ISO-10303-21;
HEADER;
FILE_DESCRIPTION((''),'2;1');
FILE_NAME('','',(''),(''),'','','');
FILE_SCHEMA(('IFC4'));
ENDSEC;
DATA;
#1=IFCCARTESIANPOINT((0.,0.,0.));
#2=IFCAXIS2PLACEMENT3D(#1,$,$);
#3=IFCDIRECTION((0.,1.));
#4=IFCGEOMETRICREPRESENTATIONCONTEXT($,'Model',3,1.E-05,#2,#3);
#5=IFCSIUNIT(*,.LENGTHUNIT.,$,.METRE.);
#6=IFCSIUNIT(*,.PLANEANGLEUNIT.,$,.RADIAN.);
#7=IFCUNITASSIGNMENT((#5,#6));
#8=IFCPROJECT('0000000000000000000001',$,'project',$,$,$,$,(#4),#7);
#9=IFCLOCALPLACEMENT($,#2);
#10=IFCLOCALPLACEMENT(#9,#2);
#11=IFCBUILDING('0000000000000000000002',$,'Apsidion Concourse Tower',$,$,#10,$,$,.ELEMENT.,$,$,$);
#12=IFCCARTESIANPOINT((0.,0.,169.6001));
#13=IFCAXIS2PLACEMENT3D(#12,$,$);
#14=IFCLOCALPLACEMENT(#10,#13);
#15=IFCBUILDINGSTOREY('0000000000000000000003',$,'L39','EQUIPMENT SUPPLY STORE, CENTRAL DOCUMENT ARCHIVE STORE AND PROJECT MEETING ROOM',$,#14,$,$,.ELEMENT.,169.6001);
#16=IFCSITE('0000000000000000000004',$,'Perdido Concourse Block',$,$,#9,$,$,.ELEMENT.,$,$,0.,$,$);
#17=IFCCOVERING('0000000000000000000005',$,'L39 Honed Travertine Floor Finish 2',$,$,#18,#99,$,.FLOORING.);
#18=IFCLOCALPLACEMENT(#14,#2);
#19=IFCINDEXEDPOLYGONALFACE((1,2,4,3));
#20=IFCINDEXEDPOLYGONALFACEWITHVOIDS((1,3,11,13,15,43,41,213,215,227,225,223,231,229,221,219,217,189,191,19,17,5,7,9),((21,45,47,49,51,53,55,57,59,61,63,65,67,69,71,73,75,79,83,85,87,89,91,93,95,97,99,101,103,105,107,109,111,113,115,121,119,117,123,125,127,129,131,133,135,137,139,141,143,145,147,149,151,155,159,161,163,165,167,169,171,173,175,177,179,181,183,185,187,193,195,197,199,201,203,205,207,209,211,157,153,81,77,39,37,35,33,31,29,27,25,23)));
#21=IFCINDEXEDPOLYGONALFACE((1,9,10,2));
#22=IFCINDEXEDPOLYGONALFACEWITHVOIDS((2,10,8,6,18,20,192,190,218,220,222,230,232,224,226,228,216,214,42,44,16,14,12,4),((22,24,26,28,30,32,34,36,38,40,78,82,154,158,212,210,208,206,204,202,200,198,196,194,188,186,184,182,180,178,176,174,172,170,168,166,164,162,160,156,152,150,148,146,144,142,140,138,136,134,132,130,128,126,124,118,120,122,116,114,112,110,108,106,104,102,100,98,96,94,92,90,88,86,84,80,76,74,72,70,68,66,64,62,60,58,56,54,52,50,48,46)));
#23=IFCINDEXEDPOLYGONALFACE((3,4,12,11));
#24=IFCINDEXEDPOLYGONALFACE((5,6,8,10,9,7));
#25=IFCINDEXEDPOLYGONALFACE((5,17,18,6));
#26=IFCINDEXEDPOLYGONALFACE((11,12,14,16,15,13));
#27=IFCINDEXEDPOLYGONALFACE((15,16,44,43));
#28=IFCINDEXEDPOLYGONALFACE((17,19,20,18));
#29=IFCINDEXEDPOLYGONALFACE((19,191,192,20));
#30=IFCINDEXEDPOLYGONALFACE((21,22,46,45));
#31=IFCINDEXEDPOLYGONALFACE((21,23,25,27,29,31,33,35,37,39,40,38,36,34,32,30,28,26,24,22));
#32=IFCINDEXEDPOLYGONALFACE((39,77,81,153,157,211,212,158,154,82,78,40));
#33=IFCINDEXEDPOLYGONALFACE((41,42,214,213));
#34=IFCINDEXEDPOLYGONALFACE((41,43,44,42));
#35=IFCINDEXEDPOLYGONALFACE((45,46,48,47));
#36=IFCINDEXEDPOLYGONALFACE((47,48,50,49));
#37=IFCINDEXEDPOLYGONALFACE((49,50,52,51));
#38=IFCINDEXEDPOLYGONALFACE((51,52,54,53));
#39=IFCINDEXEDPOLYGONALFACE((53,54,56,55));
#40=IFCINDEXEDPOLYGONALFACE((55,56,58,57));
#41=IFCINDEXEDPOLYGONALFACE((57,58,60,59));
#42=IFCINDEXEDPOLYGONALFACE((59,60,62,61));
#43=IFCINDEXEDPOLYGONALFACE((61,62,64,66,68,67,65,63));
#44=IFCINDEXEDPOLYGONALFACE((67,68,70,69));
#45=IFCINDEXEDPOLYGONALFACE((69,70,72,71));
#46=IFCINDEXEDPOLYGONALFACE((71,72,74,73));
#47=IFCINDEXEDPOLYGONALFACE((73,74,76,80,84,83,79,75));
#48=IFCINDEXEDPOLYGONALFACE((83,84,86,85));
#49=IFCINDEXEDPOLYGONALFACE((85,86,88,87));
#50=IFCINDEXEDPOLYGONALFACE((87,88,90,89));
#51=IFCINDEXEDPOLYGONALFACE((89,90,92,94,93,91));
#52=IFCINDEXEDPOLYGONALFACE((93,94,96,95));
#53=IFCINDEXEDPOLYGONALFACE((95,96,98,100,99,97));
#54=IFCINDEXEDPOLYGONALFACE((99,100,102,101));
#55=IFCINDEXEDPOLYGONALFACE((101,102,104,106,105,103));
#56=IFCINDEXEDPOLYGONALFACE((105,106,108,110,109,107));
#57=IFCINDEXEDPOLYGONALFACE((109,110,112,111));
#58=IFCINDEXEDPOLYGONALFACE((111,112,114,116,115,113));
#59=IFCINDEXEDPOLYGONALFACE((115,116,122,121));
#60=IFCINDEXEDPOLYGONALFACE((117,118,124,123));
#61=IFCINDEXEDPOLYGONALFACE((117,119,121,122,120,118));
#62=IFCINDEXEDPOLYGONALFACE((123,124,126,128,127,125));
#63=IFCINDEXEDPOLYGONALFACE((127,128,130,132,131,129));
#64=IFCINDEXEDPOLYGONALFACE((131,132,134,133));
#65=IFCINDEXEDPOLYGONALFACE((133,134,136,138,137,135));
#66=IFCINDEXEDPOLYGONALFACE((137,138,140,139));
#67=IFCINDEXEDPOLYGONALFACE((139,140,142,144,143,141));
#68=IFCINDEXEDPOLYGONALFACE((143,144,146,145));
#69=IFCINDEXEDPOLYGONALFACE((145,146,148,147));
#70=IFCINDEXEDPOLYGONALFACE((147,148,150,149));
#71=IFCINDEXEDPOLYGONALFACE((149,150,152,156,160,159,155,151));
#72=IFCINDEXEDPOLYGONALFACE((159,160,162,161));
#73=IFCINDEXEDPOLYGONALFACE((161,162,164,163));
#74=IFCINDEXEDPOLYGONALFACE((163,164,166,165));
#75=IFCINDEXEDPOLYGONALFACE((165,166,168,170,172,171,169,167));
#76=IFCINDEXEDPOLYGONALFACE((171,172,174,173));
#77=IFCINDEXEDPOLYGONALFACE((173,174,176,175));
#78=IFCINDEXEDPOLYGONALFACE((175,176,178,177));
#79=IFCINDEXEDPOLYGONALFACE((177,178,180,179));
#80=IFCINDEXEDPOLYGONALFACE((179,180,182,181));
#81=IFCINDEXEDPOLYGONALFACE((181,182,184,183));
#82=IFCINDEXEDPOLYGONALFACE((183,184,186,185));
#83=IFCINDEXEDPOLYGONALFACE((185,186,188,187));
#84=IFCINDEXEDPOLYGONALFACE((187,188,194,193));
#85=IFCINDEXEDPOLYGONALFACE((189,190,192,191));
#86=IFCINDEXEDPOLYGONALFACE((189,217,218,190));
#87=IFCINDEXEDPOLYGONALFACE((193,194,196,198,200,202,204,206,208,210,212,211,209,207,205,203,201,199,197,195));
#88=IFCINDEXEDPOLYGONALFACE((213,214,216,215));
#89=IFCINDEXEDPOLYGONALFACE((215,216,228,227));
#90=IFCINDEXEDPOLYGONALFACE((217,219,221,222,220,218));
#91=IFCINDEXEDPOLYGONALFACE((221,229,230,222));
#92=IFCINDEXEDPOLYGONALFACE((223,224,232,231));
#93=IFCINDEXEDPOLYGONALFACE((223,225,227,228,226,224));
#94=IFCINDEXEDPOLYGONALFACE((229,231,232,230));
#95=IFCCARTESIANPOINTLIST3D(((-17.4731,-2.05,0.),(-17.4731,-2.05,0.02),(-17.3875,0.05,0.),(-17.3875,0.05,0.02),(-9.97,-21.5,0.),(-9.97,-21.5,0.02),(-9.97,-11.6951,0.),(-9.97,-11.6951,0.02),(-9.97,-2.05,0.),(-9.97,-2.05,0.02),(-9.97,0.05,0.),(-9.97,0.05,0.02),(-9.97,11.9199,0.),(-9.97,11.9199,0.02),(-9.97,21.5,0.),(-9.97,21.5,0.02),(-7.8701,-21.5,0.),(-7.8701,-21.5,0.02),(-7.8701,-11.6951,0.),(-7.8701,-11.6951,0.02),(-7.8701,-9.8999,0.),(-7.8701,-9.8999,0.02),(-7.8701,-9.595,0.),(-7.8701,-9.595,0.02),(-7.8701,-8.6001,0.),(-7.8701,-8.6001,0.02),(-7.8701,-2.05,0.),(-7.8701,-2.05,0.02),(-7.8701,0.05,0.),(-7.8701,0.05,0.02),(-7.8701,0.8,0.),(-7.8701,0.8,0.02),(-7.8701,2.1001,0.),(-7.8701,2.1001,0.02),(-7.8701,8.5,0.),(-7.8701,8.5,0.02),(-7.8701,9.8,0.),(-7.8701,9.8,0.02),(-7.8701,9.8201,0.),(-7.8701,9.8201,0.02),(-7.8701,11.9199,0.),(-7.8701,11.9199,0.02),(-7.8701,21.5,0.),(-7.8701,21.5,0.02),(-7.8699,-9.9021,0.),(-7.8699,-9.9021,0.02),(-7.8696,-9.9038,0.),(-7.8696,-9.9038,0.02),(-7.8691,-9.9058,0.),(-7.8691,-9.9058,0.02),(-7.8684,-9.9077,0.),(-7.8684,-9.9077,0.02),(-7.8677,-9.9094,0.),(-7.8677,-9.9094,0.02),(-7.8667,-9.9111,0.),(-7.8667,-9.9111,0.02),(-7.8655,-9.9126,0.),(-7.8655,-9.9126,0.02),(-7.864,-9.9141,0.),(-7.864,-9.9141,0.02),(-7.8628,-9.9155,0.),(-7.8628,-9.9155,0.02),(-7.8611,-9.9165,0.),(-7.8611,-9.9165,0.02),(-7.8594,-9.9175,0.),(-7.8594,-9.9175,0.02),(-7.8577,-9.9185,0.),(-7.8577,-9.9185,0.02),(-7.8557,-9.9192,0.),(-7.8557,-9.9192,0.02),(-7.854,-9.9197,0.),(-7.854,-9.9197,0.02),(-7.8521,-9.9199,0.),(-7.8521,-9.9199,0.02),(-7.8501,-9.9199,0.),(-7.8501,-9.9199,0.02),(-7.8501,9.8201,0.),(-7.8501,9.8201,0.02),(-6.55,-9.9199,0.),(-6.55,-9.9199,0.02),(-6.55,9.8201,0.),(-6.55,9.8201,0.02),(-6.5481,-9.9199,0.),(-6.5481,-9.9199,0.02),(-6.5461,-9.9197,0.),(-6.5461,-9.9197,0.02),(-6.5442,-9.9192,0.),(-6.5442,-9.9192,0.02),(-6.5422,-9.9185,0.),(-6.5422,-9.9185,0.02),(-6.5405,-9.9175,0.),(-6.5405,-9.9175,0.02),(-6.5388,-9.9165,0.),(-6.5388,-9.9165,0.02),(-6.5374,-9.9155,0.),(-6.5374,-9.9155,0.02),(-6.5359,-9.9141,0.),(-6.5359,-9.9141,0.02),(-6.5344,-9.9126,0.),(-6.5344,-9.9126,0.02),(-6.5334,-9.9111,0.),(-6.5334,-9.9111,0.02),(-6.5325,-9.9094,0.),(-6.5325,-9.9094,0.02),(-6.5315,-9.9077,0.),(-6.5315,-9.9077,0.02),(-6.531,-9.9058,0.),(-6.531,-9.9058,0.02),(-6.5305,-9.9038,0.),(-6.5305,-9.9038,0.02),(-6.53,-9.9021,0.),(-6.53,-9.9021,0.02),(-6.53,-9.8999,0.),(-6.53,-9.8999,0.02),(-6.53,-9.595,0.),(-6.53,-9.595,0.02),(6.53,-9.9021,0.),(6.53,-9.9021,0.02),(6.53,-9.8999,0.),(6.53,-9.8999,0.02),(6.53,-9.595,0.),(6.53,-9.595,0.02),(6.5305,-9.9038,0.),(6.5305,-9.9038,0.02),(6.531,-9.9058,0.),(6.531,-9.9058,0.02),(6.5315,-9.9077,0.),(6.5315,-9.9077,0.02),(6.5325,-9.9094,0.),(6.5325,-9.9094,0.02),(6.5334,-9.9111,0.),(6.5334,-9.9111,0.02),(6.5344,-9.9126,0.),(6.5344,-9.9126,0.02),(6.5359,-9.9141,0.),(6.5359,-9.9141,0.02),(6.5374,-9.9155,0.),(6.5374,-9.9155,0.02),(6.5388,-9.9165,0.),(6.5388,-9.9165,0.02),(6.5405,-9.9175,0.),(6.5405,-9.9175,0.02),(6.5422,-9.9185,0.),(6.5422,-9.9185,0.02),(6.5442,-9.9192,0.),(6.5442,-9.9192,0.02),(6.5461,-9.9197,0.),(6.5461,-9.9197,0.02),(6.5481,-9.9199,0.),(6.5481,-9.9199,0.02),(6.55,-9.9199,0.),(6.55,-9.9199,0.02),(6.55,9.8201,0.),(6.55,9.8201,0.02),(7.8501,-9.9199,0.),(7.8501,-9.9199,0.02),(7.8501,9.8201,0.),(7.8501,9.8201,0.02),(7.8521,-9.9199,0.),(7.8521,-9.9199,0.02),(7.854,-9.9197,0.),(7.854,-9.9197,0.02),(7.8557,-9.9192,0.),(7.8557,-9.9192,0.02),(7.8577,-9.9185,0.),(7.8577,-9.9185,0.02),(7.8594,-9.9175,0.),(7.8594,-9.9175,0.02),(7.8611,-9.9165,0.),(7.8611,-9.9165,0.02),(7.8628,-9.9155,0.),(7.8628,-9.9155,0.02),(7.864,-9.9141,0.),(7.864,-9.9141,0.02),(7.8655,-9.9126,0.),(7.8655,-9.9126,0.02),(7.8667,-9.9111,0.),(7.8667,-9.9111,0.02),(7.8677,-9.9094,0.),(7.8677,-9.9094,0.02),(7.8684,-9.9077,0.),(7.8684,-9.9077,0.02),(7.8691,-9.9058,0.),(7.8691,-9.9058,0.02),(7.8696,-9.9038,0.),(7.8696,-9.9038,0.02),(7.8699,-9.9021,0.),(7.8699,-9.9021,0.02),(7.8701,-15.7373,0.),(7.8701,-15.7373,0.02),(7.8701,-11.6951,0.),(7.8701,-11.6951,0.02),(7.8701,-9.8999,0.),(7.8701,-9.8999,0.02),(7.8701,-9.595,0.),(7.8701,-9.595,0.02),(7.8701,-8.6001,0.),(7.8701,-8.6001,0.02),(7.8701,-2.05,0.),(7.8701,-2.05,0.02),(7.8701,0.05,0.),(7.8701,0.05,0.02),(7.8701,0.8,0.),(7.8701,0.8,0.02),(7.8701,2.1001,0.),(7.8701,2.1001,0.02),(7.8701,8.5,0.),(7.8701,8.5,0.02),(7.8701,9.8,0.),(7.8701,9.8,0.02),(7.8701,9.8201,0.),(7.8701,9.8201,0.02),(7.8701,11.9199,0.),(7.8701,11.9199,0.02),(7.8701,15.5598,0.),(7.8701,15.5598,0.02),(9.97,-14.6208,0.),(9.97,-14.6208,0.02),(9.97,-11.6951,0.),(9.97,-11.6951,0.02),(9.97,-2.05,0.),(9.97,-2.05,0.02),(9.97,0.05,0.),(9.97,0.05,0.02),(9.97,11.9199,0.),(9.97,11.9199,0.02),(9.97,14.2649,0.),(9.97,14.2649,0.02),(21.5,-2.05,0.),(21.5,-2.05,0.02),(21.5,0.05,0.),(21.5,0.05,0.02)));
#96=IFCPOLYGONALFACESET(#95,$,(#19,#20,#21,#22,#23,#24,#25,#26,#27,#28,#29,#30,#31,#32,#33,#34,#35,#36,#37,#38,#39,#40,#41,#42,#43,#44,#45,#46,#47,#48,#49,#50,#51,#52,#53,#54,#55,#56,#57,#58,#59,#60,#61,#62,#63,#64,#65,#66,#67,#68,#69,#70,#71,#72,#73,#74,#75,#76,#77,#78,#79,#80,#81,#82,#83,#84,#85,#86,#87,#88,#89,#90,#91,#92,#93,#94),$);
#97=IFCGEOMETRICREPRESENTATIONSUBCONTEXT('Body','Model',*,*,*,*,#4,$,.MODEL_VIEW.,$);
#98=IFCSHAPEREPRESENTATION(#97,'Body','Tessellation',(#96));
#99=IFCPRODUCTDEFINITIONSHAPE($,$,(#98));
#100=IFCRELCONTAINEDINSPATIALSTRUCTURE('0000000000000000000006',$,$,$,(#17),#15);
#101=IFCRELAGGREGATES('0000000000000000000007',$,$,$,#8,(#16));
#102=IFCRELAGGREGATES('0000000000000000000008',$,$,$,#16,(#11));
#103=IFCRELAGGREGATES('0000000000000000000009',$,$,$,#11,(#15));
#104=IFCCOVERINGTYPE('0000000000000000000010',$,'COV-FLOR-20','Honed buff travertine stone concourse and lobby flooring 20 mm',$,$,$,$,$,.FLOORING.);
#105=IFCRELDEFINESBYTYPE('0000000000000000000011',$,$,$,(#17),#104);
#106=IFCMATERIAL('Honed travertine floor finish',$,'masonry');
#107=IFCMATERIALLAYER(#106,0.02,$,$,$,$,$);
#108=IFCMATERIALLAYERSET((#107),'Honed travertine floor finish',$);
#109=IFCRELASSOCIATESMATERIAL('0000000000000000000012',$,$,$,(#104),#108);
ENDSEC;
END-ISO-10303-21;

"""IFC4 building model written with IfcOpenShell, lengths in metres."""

from ifc_helpers import new_model, si_unit, direction, frame, origin, place, context, subcontext, project, spatial, polyline, outline, extrude, material, layer, layer_set, type_object, element, save


model = new_model("IFC4")

# Units and contexts
model_context = context("Model", 3, precision=1e-05, world=origin(), true_north=direction((0.0, 1.0)))
body_context = subcontext(model_context, "Body", "Model", "MODEL_VIEW")
ifc_project = project(units=[si_unit("LENGTHUNIT", "METRE"), si_unit("PLANEANGLEUNIT", "RADIAN")], contexts=[model_context])

# Site, building, storey
site_placement = place(None, origin())
site = spatial("IfcSite", under=ifc_project, at=site_placement, Name="Perdido Concourse Block", CompositionType="ELEMENT", RefElevation=0.0)
building_placement = place(site_placement, origin())
building = spatial("IfcBuilding", under=site, at=building_placement, Name="Apsidion Concourse Tower", CompositionType="ELEMENT")
storey_placement = place(building_placement, frame((0.0, 0.0, 169.6001)))
storey = spatial("IfcBuildingStorey", under=building, at=storey_placement, Name="L39", Description="EQUIPMENT SUPPLY STORE, CENTRAL DOCUMENT ARCHIVE STORE AND PROJECT MEETING ROOM", CompositionType="ELEMENT", Elevation=169.6001)

# Covering
ifc_material_1 = material(Name="Honed travertine floor finish", Category="masonry")
ifc_layer_1 = layer(ifc_material_1, 0.02)
ifc_layer_set_1 = layer_set([ifc_layer_1], Name="Honed travertine floor finish")
covering_type_1 = type_object("IfcCoveringType", Name="COV-FLOR-20", Description="Honed buff travertine stone concourse and lobby flooring 20 mm", PredefinedType="FLOORING", material=ifc_layer_set_1)
covering_1_placement = place(storey_placement, origin())
element("IfcCovering", 1, at=covering_1_placement, inside=storey, type_object=covering_type_1, Name="L39 Honed Travertine Floor Finish 2", PredefinedType="FLOORING", context=body_context, shape_type="SweptSolid", body=[
    extrude(outline(polyline([(9.97, -14.6208), (7.8701, -15.7373), (7.8701, -11.6951), (-7.8701, -11.6951), (-7.8701, -21.5), (-9.97, -21.5), (-9.97, -11.6951), (-9.97, -2.05), (-17.4731, -2.05), (-17.3875, 0.05), (-9.97, 0.05), (-9.97, 11.9199), (-9.97, 21.5), (-7.8701, 21.5), (-7.8701, 11.9199), (7.8701, 11.9199), (7.8701, 15.5598), (9.97, 14.2649), (9.97, 11.9199), (9.97, 0.05), (21.5, 0.05), (21.5, -2.05), (9.97, -2.05), (9.97, -11.6951), (9.97, -14.6208)]), holes=[polyline([(7.8701, -8.6001), (7.8701, -2.05), (7.8701, 0.05), (7.8701, 0.8), (7.8701, 2.1001), (7.8701, 8.5), (7.8701, 9.8), (7.8701, 9.8201), (7.8501, 9.8201), (6.55, 9.8201), (-6.55, 9.8201), (-7.8501, 9.8201), (-7.8701, 9.8201), (-7.8701, 9.8), (-7.8701, 8.5), (-7.8701, 2.1001), (-7.8701, 0.8), (-7.8701, 0.05), (-7.8701, -2.05), (-7.8701, -8.6001), (-7.8701, -9.595), (-7.8701, -9.8999), (-7.8699, -9.9021), (-7.8696, -9.9038), (-7.8691, -9.9058), (-7.8684, -9.9077), (-7.8677, -9.9094), (-7.8667, -9.9111), (-7.8655, -9.9126), (-7.864, -9.9141), (-7.8628, -9.9155), (-7.8611, -9.9165), (-7.8594, -9.9175), (-7.8577, -9.9185), (-7.8557, -9.9192), (-7.854, -9.9197), (-7.8521, -9.9199), (-7.8501, -9.9199), (-6.55, -9.9199), (-6.5481, -9.9199), (-6.5461, -9.9197), (-6.5442, -9.9192), (-6.5422, -9.9185), (-6.5405, -9.9175), (-6.5388, -9.9165), (-6.5374, -9.9155), (-6.5359, -9.9141), (-6.5344, -9.9126), (-6.5334, -9.9111), (-6.5325, -9.9094), (-6.5315, -9.9077), (-6.531, -9.9058), (-6.5305, -9.9038), (-6.53, -9.9021), (-6.53, -9.8999), (-6.53, -9.595), (6.53, -9.595), (6.53, -9.8999), (6.53, -9.9021), (6.5305, -9.9038), (6.531, -9.9058), (6.5315, -9.9077), (6.5325, -9.9094), (6.5334, -9.9111), (6.5344, -9.9126), (6.5359, -9.9141), (6.5374, -9.9155), (6.5388, -9.9165), (6.5405, -9.9175), (6.5422, -9.9185), (6.5442, -9.9192), (6.5461, -9.9197), (6.5481, -9.9199), (6.55, -9.9199), (7.8501, -9.9199), (7.8521, -9.9199), (7.854, -9.9197), (7.8557, -9.9192), (7.8577, -9.9185), (7.8594, -9.9175), (7.8611, -9.9165), (7.8628, -9.9155), (7.864, -9.9141), (7.8655, -9.9126), (7.8667, -9.9111), (7.8677, -9.9094), (7.8684, -9.9077), (7.8691, -9.9058), (7.8696, -9.9038), (7.8699, -9.9021), (7.8701, -9.8999), (7.8701, -9.595), (7.8701, -8.6001)])]), origin(), (0.0, 0.0, 1.0), 0.02),
])

save(model, "model.ifc")
